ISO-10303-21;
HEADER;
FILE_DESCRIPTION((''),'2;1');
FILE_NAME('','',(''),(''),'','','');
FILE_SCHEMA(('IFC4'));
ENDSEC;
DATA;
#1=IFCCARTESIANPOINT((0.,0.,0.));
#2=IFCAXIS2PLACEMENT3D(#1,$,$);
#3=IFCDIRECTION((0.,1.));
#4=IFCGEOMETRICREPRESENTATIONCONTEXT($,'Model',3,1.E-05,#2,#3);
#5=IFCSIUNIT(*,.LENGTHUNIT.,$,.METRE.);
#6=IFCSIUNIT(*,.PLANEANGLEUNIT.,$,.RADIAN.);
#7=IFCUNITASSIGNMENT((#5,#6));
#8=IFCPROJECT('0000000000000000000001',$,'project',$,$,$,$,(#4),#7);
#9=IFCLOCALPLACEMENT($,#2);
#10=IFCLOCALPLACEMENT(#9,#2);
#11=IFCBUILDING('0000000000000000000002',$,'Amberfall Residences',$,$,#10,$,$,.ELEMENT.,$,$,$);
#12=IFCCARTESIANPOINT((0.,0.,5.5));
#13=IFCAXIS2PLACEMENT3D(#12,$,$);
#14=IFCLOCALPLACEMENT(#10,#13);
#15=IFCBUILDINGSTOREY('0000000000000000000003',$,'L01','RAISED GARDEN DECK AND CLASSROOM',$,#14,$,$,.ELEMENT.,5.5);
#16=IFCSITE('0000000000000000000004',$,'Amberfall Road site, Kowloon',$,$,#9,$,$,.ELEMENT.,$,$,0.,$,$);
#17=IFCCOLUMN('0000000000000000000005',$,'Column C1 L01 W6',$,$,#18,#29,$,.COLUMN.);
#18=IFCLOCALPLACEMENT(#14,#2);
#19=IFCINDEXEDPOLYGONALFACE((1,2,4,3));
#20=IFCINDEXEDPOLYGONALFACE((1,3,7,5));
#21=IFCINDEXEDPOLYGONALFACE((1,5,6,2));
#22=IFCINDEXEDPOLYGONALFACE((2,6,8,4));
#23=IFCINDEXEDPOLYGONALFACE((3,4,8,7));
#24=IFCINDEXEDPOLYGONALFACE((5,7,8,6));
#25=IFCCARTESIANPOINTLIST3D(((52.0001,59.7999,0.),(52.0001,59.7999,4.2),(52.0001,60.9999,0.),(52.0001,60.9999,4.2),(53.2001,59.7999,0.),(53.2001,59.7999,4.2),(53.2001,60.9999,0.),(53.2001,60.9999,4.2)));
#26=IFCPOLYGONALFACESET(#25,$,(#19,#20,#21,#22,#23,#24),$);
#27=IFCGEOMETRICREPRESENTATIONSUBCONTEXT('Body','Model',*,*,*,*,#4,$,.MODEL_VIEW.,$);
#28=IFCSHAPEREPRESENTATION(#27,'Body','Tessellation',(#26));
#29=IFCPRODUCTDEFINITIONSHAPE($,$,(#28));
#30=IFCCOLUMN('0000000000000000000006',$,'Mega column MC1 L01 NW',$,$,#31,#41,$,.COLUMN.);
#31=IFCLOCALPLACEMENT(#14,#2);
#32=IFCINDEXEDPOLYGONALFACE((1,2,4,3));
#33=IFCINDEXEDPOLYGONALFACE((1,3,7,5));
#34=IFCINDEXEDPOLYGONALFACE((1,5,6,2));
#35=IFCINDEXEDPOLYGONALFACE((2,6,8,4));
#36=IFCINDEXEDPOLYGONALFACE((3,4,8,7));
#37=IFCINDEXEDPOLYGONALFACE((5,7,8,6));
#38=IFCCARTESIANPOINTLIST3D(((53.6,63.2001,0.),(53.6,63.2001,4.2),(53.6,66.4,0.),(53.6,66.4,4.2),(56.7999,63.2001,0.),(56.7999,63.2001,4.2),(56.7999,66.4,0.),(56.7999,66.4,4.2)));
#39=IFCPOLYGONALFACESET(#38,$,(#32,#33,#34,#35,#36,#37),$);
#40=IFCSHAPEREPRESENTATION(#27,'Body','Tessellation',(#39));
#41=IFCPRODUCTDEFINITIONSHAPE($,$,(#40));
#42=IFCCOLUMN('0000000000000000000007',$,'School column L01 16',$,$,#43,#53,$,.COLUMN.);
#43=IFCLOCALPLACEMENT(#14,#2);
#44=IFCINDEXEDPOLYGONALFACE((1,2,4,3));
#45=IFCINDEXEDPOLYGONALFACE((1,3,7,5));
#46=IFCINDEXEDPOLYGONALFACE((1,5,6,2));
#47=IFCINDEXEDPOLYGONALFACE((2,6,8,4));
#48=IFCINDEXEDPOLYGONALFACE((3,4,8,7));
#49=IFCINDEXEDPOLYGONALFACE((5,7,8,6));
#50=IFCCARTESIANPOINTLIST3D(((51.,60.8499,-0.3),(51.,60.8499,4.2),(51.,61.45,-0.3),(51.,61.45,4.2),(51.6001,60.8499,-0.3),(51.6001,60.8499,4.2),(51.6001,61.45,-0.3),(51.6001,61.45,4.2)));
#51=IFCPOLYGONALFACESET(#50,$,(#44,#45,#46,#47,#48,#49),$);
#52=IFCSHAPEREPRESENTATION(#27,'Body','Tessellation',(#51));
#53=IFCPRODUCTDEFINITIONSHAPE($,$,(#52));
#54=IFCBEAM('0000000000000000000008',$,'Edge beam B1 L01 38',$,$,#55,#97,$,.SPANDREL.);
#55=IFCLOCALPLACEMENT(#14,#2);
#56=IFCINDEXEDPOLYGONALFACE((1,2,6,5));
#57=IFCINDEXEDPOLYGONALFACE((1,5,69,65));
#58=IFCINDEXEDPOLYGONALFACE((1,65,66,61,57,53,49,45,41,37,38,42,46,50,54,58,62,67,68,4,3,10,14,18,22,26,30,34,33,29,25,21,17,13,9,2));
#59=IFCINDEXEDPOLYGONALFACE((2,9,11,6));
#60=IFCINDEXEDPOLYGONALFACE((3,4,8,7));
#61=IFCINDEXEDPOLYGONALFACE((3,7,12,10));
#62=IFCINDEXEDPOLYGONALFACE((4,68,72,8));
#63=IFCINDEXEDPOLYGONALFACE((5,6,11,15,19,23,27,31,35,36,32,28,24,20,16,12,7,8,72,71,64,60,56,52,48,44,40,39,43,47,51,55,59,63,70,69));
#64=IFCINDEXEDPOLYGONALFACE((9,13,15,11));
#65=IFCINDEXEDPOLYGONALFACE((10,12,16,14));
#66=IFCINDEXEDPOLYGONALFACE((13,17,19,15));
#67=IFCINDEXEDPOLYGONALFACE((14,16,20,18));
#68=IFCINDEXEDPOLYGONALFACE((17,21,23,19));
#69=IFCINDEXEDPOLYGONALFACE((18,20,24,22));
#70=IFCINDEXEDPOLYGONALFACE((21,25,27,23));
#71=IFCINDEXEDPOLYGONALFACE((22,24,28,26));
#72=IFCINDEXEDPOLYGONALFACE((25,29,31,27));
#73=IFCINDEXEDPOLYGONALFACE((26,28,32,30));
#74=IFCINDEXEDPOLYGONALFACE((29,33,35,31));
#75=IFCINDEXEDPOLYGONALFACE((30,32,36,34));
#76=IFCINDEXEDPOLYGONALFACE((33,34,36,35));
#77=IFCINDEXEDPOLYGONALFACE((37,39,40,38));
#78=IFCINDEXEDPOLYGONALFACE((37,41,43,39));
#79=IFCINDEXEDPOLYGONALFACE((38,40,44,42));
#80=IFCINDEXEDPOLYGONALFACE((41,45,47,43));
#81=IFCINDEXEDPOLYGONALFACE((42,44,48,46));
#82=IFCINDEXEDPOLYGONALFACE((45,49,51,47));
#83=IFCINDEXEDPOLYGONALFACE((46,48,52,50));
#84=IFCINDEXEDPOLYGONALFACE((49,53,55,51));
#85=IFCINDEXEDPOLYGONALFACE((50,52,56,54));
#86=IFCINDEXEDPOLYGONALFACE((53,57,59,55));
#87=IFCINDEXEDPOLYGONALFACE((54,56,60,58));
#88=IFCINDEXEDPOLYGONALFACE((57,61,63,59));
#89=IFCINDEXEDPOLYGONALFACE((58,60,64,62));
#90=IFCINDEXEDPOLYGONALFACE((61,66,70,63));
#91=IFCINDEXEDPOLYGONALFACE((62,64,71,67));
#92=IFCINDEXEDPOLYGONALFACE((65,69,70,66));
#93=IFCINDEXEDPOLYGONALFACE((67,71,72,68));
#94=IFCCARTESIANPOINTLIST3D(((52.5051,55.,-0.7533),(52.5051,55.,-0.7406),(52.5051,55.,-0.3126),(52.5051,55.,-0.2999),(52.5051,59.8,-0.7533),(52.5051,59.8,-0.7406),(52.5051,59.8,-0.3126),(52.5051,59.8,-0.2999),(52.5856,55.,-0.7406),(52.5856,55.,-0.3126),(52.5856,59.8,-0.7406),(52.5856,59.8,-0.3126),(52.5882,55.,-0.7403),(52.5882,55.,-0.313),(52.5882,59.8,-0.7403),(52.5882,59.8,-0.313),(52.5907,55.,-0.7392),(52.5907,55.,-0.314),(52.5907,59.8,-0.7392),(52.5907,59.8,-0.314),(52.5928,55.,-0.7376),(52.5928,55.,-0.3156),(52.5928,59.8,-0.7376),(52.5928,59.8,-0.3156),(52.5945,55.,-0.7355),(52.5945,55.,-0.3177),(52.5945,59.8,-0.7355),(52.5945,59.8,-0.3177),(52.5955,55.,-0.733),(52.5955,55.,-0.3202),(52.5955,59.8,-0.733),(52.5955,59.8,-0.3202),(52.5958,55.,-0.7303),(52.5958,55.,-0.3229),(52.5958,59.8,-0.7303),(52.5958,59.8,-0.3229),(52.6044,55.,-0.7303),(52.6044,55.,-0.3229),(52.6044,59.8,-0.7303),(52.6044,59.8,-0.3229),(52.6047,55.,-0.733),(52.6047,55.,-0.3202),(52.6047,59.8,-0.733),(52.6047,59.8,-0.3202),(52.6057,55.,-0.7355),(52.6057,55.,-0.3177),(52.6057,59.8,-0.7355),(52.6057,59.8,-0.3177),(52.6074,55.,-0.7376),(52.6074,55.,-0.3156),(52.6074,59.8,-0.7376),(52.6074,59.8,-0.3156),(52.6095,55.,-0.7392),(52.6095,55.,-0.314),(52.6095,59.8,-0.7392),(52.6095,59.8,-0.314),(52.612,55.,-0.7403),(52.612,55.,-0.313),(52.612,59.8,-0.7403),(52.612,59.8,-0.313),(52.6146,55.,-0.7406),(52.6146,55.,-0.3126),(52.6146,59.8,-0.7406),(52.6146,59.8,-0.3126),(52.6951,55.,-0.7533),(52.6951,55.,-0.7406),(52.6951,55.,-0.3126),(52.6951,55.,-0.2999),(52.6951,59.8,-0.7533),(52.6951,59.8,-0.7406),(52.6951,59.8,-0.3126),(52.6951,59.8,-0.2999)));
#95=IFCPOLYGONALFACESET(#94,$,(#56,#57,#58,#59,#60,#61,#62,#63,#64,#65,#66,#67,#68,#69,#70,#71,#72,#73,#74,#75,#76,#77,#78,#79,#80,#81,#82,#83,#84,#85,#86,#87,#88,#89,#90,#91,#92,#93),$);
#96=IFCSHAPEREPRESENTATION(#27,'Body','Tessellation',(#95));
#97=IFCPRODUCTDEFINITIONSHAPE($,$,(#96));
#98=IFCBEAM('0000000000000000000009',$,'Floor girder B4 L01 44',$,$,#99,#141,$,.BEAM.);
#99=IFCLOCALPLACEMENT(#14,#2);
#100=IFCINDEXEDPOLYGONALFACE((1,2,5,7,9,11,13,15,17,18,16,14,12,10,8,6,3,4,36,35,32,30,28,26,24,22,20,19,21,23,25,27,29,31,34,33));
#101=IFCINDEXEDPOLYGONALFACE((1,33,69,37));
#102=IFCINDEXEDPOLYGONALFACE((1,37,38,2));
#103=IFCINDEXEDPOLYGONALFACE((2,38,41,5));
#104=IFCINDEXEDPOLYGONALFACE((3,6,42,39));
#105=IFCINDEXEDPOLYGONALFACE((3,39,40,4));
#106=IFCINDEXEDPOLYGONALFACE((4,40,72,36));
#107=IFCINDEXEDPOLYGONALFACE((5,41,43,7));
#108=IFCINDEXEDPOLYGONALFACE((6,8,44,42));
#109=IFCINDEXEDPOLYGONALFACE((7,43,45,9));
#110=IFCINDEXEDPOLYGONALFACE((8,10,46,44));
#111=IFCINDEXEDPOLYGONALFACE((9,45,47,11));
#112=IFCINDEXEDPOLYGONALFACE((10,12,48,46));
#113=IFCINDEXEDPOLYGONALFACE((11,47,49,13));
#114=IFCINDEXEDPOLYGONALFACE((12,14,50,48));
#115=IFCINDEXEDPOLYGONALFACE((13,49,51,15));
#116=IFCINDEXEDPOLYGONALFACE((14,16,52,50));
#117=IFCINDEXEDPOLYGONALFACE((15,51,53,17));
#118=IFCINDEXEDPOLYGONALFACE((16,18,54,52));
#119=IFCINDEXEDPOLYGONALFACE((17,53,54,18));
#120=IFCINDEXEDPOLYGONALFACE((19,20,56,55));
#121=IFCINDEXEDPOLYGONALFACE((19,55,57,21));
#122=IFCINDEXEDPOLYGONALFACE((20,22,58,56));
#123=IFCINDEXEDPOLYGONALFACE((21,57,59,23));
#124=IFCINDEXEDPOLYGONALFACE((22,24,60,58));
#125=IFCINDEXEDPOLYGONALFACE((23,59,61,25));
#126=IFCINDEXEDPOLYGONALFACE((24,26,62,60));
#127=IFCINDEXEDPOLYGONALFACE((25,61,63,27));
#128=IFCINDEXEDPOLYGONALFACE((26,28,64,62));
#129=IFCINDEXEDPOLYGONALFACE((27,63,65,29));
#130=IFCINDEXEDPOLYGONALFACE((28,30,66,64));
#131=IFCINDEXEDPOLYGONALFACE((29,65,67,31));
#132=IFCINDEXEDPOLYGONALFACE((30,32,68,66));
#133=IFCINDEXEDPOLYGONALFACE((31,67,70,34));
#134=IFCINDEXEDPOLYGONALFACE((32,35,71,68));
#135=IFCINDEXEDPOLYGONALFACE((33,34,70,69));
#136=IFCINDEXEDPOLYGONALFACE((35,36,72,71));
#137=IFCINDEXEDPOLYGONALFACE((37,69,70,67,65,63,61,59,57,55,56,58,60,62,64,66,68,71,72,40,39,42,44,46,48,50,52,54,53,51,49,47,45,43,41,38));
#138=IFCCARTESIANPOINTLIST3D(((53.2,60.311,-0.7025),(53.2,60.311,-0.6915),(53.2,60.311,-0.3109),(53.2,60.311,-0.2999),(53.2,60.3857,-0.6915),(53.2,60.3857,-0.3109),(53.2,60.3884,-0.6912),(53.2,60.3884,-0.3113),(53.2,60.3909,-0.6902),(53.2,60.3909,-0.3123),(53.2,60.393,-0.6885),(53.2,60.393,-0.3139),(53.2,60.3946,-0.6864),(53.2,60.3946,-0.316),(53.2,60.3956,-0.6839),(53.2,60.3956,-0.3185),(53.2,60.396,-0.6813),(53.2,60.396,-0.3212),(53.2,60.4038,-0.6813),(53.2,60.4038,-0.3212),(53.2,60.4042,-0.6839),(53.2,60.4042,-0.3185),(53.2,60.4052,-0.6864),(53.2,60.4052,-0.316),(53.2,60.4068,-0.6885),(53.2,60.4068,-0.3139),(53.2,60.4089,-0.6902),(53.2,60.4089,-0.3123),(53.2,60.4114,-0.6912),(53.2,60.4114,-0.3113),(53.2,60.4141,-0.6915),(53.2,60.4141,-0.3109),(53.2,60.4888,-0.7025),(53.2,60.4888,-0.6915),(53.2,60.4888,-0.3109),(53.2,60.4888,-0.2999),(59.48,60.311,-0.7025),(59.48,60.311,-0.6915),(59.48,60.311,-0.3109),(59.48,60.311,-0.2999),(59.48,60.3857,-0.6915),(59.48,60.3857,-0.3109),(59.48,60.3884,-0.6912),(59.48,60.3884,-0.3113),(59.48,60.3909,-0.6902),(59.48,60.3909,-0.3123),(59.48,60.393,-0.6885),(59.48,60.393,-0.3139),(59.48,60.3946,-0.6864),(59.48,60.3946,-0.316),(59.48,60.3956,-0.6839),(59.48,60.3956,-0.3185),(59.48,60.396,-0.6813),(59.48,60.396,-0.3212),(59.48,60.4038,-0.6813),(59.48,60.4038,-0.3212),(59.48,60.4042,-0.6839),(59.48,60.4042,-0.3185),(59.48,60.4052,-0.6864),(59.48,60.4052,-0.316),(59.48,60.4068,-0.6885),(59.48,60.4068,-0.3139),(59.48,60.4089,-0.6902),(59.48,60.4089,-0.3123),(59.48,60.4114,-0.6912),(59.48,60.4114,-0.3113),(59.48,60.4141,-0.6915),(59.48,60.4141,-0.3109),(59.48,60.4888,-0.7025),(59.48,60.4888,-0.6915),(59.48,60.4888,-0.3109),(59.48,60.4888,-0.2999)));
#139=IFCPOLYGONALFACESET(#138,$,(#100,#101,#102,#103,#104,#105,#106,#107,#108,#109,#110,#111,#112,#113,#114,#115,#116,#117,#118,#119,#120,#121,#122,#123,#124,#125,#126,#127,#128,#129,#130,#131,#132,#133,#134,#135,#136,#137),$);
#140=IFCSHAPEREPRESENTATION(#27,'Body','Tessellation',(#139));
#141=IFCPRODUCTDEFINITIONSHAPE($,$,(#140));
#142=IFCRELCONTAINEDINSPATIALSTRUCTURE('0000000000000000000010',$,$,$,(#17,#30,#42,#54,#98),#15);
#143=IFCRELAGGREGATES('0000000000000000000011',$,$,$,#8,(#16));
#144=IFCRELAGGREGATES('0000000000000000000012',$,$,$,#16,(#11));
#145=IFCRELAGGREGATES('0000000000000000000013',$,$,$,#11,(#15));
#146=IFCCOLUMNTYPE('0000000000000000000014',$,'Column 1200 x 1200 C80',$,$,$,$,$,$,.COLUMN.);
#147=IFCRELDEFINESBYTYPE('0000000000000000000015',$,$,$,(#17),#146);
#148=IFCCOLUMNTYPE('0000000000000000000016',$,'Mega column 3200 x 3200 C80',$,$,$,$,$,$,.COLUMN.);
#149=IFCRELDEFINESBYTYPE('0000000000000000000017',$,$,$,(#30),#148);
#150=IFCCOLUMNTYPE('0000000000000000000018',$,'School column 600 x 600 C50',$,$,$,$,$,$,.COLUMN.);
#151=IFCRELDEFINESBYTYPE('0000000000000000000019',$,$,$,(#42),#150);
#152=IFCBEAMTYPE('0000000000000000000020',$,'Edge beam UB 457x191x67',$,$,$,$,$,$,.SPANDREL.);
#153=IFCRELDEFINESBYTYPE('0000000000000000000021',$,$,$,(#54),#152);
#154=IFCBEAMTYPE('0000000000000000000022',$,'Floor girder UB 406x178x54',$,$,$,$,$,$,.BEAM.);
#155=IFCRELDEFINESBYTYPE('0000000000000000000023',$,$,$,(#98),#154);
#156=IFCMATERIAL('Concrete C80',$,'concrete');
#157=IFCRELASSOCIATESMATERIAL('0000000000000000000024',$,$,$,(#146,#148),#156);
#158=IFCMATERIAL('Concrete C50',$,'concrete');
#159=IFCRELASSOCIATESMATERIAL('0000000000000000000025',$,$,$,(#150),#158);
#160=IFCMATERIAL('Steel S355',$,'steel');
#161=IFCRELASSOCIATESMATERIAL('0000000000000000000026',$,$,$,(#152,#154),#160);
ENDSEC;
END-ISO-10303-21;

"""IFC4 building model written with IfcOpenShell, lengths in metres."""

from ifc_helpers import new_model, si_unit, direction, frame, origin, origin_2d, place, context, subcontext, project, spatial, rectangle, i_section, extrude, material, material_profile, profile_set, type_object, element, save


model = new_model("IFC4")

# Units and contexts
model_context = context("Model", 3, precision=1e-05, world=origin(), true_north=direction((0.0, 1.0)))
body_context = subcontext(model_context, "Body", "Model", "MODEL_VIEW")
ifc_project = project(units=[si_unit("LENGTHUNIT", "METRE"), si_unit("PLANEANGLEUNIT", "RADIAN")], contexts=[model_context])

# Site, building, storey
site_placement = place(None, origin())
site = spatial("IfcSite", under=ifc_project, at=site_placement, Name="Amberfall Road site, Kowloon", CompositionType="ELEMENT", RefElevation=0.0)
building_placement = place(site_placement, origin())
building = spatial("IfcBuilding", under=site, at=building_placement, Name="Amberfall Residences", CompositionType="ELEMENT")
storey_placement = place(building_placement, frame((0.0, 0.0, 5.5)))
storey = spatial("IfcBuildingStorey", under=building, at=storey_placement, Name="L01", Description="RAISED GARDEN DECK AND CLASSROOM", CompositionType="ELEMENT", Elevation=5.5)

# Columns
ifc_material_1 = material(Name="Concrete C80", Category="concrete")
ifc_material_profile_1 = material_profile(ifc_material_1, rectangle(XDim=1.2, YDim=1.2, at=origin_2d()), Name="Column 1200 x 1200 C80")
ifc_profile_set_1 = profile_set([ifc_material_profile_1], Name="Concrete C80")
column_type_1 = type_object("IfcColumnType", Name="Column 1200 x 1200 C80", PredefinedType="COLUMN", material=ifc_profile_set_1)
column_1_placement = place(storey_placement, frame((52.6001, 60.3999, 0.0), z_axis=(0.0, 0.0, 1.0), x_axis=(1.0, 0.0, 0.0)))
element("IfcColumn", 1, at=column_1_placement, inside=storey, type_object=column_type_1, Name="Column C1 L01 W6", PredefinedType="COLUMN", context=body_context, shape_type="SweptSolid", body=[
    extrude(rectangle(XDim=1.2, YDim=1.2, at=origin_2d()), origin(), (0.0, 0.0, 1.0), 4.2),
])
ifc_material_profile_2 = material_profile(ifc_material_1, rectangle(XDim=3.2, YDim=3.2, at=origin_2d()), Name="Mega column 3200 x 3200 C80")
ifc_profile_set_2 = profile_set([ifc_material_profile_2], Name="Concrete C80")
column_type_2 = type_object("IfcColumnType", Name="Mega column 3200 x 3200 C80", PredefinedType="COLUMN", material=ifc_profile_set_2)
column_2_placement = place(storey_placement, frame((55.2, 64.8, 0.0), z_axis=(0.0, 0.0, 1.0), x_axis=(1.0, 0.0, 0.0)))
element("IfcColumn", 2, at=column_2_placement, inside=storey, type_object=column_type_2, Name="Mega column MC1 L01 NW", PredefinedType="COLUMN", context=body_context, shape_type="SweptSolid", body=[
    extrude(rectangle(XDim=3.2, YDim=3.2, at=origin_2d()), origin(), (0.0, 0.0, 1.0), 4.2),
])
ifc_material_2 = material(Name="Concrete C50", Category="concrete")
ifc_material_profile_3 = material_profile(ifc_material_2, rectangle(XDim=0.6001, YDim=0.6001, at=origin_2d()), Name="School column 600 x 600 C50")
ifc_profile_set_3 = profile_set([ifc_material_profile_3], Name="Concrete C50")
column_type_3 = type_object("IfcColumnType", Name="School column 600 x 600 C50", PredefinedType="COLUMN", material=ifc_profile_set_3)
column_3_placement = place(storey_placement, frame((51.3, 61.1499, -0.3), z_axis=(0.0, 0.0, 1.0), x_axis=(1.0, 0.0, 0.0)))
element("IfcColumn", 3, at=column_3_placement, inside=storey, type_object=column_type_3, Name="School column L01 16", PredefinedType="COLUMN", context=body_context, shape_type="SweptSolid", body=[
    extrude(rectangle(XDim=0.6001, YDim=0.6001, at=origin_2d()), origin(), (0.0, 0.0, 1.0), 4.5),
])

# Beams
ifc_material_3 = material(Name="Steel S355", Category="steel")
ifc_material_profile_4 = material_profile(ifc_material_3, i_section(OverallWidth=0.1899, OverallDepth=0.4534, WebThickness=0.0085, FlangeThickness=0.0127, FilletRadius=0.0103, at=origin_2d()), Name="UB 457x191x67")
ifc_profile_set_4 = profile_set([ifc_material_profile_4], Name="Steel S355")
beam_type_1 = type_object("IfcBeamType", Name="Edge beam UB 457x191x67", PredefinedType="SPANDREL", material=ifc_profile_set_4)
beam_1_placement = place(storey_placement, frame((52.6001, 55.0, -0.5266), z_axis=(0.0, 1.0, 0.0), x_axis=(-1.0, 0.0, 0.0)))
element("IfcBeam", 4, at=beam_1_placement, inside=storey, type_object=beam_type_1, Name="Edge beam B1 L01 38", PredefinedType="SPANDREL", context=body_context, shape_type="SweptSolid", body=[
    extrude(i_section(OverallWidth=0.1899, OverallDepth=0.4534, WebThickness=0.0085, FlangeThickness=0.0127, FilletRadius=0.0103, at=origin_2d()), origin(), (0.0, 0.0, 1.0), 4.8),
])
ifc_material_profile_5 = material_profile(ifc_material_3, i_section(OverallWidth=0.1777, OverallDepth=0.4026, WebThickness=0.0078, FlangeThickness=0.011, FilletRadius=0.0103, at=origin_2d()), Name="UB 406x178x54")
ifc_profile_set_5 = profile_set([ifc_material_profile_5], Name="Steel S355")
beam_type_2 = type_object("IfcBeamType", Name="Floor girder UB 406x178x54", PredefinedType="BEAM", material=ifc_profile_set_5)
beam_2_placement = place(storey_placement, frame((53.2, 60.3999, -0.5012), z_axis=(1.0, 0.0, 0.0), x_axis=(0.0, 1.0, 0.0)))
element("IfcBeam", 5, at=beam_2_placement, inside=storey, type_object=beam_type_2, Name="Floor girder B4 L01 44", PredefinedType="BEAM", context=body_context, shape_type="SweptSolid", body=[
    extrude(i_section(OverallWidth=0.1777, OverallDepth=0.4026, WebThickness=0.0078, FlangeThickness=0.011, FilletRadius=0.0103, at=origin_2d()), origin(), (0.0, 0.0, 1.0), 6.28),
])

save(model, "model.ifc")
